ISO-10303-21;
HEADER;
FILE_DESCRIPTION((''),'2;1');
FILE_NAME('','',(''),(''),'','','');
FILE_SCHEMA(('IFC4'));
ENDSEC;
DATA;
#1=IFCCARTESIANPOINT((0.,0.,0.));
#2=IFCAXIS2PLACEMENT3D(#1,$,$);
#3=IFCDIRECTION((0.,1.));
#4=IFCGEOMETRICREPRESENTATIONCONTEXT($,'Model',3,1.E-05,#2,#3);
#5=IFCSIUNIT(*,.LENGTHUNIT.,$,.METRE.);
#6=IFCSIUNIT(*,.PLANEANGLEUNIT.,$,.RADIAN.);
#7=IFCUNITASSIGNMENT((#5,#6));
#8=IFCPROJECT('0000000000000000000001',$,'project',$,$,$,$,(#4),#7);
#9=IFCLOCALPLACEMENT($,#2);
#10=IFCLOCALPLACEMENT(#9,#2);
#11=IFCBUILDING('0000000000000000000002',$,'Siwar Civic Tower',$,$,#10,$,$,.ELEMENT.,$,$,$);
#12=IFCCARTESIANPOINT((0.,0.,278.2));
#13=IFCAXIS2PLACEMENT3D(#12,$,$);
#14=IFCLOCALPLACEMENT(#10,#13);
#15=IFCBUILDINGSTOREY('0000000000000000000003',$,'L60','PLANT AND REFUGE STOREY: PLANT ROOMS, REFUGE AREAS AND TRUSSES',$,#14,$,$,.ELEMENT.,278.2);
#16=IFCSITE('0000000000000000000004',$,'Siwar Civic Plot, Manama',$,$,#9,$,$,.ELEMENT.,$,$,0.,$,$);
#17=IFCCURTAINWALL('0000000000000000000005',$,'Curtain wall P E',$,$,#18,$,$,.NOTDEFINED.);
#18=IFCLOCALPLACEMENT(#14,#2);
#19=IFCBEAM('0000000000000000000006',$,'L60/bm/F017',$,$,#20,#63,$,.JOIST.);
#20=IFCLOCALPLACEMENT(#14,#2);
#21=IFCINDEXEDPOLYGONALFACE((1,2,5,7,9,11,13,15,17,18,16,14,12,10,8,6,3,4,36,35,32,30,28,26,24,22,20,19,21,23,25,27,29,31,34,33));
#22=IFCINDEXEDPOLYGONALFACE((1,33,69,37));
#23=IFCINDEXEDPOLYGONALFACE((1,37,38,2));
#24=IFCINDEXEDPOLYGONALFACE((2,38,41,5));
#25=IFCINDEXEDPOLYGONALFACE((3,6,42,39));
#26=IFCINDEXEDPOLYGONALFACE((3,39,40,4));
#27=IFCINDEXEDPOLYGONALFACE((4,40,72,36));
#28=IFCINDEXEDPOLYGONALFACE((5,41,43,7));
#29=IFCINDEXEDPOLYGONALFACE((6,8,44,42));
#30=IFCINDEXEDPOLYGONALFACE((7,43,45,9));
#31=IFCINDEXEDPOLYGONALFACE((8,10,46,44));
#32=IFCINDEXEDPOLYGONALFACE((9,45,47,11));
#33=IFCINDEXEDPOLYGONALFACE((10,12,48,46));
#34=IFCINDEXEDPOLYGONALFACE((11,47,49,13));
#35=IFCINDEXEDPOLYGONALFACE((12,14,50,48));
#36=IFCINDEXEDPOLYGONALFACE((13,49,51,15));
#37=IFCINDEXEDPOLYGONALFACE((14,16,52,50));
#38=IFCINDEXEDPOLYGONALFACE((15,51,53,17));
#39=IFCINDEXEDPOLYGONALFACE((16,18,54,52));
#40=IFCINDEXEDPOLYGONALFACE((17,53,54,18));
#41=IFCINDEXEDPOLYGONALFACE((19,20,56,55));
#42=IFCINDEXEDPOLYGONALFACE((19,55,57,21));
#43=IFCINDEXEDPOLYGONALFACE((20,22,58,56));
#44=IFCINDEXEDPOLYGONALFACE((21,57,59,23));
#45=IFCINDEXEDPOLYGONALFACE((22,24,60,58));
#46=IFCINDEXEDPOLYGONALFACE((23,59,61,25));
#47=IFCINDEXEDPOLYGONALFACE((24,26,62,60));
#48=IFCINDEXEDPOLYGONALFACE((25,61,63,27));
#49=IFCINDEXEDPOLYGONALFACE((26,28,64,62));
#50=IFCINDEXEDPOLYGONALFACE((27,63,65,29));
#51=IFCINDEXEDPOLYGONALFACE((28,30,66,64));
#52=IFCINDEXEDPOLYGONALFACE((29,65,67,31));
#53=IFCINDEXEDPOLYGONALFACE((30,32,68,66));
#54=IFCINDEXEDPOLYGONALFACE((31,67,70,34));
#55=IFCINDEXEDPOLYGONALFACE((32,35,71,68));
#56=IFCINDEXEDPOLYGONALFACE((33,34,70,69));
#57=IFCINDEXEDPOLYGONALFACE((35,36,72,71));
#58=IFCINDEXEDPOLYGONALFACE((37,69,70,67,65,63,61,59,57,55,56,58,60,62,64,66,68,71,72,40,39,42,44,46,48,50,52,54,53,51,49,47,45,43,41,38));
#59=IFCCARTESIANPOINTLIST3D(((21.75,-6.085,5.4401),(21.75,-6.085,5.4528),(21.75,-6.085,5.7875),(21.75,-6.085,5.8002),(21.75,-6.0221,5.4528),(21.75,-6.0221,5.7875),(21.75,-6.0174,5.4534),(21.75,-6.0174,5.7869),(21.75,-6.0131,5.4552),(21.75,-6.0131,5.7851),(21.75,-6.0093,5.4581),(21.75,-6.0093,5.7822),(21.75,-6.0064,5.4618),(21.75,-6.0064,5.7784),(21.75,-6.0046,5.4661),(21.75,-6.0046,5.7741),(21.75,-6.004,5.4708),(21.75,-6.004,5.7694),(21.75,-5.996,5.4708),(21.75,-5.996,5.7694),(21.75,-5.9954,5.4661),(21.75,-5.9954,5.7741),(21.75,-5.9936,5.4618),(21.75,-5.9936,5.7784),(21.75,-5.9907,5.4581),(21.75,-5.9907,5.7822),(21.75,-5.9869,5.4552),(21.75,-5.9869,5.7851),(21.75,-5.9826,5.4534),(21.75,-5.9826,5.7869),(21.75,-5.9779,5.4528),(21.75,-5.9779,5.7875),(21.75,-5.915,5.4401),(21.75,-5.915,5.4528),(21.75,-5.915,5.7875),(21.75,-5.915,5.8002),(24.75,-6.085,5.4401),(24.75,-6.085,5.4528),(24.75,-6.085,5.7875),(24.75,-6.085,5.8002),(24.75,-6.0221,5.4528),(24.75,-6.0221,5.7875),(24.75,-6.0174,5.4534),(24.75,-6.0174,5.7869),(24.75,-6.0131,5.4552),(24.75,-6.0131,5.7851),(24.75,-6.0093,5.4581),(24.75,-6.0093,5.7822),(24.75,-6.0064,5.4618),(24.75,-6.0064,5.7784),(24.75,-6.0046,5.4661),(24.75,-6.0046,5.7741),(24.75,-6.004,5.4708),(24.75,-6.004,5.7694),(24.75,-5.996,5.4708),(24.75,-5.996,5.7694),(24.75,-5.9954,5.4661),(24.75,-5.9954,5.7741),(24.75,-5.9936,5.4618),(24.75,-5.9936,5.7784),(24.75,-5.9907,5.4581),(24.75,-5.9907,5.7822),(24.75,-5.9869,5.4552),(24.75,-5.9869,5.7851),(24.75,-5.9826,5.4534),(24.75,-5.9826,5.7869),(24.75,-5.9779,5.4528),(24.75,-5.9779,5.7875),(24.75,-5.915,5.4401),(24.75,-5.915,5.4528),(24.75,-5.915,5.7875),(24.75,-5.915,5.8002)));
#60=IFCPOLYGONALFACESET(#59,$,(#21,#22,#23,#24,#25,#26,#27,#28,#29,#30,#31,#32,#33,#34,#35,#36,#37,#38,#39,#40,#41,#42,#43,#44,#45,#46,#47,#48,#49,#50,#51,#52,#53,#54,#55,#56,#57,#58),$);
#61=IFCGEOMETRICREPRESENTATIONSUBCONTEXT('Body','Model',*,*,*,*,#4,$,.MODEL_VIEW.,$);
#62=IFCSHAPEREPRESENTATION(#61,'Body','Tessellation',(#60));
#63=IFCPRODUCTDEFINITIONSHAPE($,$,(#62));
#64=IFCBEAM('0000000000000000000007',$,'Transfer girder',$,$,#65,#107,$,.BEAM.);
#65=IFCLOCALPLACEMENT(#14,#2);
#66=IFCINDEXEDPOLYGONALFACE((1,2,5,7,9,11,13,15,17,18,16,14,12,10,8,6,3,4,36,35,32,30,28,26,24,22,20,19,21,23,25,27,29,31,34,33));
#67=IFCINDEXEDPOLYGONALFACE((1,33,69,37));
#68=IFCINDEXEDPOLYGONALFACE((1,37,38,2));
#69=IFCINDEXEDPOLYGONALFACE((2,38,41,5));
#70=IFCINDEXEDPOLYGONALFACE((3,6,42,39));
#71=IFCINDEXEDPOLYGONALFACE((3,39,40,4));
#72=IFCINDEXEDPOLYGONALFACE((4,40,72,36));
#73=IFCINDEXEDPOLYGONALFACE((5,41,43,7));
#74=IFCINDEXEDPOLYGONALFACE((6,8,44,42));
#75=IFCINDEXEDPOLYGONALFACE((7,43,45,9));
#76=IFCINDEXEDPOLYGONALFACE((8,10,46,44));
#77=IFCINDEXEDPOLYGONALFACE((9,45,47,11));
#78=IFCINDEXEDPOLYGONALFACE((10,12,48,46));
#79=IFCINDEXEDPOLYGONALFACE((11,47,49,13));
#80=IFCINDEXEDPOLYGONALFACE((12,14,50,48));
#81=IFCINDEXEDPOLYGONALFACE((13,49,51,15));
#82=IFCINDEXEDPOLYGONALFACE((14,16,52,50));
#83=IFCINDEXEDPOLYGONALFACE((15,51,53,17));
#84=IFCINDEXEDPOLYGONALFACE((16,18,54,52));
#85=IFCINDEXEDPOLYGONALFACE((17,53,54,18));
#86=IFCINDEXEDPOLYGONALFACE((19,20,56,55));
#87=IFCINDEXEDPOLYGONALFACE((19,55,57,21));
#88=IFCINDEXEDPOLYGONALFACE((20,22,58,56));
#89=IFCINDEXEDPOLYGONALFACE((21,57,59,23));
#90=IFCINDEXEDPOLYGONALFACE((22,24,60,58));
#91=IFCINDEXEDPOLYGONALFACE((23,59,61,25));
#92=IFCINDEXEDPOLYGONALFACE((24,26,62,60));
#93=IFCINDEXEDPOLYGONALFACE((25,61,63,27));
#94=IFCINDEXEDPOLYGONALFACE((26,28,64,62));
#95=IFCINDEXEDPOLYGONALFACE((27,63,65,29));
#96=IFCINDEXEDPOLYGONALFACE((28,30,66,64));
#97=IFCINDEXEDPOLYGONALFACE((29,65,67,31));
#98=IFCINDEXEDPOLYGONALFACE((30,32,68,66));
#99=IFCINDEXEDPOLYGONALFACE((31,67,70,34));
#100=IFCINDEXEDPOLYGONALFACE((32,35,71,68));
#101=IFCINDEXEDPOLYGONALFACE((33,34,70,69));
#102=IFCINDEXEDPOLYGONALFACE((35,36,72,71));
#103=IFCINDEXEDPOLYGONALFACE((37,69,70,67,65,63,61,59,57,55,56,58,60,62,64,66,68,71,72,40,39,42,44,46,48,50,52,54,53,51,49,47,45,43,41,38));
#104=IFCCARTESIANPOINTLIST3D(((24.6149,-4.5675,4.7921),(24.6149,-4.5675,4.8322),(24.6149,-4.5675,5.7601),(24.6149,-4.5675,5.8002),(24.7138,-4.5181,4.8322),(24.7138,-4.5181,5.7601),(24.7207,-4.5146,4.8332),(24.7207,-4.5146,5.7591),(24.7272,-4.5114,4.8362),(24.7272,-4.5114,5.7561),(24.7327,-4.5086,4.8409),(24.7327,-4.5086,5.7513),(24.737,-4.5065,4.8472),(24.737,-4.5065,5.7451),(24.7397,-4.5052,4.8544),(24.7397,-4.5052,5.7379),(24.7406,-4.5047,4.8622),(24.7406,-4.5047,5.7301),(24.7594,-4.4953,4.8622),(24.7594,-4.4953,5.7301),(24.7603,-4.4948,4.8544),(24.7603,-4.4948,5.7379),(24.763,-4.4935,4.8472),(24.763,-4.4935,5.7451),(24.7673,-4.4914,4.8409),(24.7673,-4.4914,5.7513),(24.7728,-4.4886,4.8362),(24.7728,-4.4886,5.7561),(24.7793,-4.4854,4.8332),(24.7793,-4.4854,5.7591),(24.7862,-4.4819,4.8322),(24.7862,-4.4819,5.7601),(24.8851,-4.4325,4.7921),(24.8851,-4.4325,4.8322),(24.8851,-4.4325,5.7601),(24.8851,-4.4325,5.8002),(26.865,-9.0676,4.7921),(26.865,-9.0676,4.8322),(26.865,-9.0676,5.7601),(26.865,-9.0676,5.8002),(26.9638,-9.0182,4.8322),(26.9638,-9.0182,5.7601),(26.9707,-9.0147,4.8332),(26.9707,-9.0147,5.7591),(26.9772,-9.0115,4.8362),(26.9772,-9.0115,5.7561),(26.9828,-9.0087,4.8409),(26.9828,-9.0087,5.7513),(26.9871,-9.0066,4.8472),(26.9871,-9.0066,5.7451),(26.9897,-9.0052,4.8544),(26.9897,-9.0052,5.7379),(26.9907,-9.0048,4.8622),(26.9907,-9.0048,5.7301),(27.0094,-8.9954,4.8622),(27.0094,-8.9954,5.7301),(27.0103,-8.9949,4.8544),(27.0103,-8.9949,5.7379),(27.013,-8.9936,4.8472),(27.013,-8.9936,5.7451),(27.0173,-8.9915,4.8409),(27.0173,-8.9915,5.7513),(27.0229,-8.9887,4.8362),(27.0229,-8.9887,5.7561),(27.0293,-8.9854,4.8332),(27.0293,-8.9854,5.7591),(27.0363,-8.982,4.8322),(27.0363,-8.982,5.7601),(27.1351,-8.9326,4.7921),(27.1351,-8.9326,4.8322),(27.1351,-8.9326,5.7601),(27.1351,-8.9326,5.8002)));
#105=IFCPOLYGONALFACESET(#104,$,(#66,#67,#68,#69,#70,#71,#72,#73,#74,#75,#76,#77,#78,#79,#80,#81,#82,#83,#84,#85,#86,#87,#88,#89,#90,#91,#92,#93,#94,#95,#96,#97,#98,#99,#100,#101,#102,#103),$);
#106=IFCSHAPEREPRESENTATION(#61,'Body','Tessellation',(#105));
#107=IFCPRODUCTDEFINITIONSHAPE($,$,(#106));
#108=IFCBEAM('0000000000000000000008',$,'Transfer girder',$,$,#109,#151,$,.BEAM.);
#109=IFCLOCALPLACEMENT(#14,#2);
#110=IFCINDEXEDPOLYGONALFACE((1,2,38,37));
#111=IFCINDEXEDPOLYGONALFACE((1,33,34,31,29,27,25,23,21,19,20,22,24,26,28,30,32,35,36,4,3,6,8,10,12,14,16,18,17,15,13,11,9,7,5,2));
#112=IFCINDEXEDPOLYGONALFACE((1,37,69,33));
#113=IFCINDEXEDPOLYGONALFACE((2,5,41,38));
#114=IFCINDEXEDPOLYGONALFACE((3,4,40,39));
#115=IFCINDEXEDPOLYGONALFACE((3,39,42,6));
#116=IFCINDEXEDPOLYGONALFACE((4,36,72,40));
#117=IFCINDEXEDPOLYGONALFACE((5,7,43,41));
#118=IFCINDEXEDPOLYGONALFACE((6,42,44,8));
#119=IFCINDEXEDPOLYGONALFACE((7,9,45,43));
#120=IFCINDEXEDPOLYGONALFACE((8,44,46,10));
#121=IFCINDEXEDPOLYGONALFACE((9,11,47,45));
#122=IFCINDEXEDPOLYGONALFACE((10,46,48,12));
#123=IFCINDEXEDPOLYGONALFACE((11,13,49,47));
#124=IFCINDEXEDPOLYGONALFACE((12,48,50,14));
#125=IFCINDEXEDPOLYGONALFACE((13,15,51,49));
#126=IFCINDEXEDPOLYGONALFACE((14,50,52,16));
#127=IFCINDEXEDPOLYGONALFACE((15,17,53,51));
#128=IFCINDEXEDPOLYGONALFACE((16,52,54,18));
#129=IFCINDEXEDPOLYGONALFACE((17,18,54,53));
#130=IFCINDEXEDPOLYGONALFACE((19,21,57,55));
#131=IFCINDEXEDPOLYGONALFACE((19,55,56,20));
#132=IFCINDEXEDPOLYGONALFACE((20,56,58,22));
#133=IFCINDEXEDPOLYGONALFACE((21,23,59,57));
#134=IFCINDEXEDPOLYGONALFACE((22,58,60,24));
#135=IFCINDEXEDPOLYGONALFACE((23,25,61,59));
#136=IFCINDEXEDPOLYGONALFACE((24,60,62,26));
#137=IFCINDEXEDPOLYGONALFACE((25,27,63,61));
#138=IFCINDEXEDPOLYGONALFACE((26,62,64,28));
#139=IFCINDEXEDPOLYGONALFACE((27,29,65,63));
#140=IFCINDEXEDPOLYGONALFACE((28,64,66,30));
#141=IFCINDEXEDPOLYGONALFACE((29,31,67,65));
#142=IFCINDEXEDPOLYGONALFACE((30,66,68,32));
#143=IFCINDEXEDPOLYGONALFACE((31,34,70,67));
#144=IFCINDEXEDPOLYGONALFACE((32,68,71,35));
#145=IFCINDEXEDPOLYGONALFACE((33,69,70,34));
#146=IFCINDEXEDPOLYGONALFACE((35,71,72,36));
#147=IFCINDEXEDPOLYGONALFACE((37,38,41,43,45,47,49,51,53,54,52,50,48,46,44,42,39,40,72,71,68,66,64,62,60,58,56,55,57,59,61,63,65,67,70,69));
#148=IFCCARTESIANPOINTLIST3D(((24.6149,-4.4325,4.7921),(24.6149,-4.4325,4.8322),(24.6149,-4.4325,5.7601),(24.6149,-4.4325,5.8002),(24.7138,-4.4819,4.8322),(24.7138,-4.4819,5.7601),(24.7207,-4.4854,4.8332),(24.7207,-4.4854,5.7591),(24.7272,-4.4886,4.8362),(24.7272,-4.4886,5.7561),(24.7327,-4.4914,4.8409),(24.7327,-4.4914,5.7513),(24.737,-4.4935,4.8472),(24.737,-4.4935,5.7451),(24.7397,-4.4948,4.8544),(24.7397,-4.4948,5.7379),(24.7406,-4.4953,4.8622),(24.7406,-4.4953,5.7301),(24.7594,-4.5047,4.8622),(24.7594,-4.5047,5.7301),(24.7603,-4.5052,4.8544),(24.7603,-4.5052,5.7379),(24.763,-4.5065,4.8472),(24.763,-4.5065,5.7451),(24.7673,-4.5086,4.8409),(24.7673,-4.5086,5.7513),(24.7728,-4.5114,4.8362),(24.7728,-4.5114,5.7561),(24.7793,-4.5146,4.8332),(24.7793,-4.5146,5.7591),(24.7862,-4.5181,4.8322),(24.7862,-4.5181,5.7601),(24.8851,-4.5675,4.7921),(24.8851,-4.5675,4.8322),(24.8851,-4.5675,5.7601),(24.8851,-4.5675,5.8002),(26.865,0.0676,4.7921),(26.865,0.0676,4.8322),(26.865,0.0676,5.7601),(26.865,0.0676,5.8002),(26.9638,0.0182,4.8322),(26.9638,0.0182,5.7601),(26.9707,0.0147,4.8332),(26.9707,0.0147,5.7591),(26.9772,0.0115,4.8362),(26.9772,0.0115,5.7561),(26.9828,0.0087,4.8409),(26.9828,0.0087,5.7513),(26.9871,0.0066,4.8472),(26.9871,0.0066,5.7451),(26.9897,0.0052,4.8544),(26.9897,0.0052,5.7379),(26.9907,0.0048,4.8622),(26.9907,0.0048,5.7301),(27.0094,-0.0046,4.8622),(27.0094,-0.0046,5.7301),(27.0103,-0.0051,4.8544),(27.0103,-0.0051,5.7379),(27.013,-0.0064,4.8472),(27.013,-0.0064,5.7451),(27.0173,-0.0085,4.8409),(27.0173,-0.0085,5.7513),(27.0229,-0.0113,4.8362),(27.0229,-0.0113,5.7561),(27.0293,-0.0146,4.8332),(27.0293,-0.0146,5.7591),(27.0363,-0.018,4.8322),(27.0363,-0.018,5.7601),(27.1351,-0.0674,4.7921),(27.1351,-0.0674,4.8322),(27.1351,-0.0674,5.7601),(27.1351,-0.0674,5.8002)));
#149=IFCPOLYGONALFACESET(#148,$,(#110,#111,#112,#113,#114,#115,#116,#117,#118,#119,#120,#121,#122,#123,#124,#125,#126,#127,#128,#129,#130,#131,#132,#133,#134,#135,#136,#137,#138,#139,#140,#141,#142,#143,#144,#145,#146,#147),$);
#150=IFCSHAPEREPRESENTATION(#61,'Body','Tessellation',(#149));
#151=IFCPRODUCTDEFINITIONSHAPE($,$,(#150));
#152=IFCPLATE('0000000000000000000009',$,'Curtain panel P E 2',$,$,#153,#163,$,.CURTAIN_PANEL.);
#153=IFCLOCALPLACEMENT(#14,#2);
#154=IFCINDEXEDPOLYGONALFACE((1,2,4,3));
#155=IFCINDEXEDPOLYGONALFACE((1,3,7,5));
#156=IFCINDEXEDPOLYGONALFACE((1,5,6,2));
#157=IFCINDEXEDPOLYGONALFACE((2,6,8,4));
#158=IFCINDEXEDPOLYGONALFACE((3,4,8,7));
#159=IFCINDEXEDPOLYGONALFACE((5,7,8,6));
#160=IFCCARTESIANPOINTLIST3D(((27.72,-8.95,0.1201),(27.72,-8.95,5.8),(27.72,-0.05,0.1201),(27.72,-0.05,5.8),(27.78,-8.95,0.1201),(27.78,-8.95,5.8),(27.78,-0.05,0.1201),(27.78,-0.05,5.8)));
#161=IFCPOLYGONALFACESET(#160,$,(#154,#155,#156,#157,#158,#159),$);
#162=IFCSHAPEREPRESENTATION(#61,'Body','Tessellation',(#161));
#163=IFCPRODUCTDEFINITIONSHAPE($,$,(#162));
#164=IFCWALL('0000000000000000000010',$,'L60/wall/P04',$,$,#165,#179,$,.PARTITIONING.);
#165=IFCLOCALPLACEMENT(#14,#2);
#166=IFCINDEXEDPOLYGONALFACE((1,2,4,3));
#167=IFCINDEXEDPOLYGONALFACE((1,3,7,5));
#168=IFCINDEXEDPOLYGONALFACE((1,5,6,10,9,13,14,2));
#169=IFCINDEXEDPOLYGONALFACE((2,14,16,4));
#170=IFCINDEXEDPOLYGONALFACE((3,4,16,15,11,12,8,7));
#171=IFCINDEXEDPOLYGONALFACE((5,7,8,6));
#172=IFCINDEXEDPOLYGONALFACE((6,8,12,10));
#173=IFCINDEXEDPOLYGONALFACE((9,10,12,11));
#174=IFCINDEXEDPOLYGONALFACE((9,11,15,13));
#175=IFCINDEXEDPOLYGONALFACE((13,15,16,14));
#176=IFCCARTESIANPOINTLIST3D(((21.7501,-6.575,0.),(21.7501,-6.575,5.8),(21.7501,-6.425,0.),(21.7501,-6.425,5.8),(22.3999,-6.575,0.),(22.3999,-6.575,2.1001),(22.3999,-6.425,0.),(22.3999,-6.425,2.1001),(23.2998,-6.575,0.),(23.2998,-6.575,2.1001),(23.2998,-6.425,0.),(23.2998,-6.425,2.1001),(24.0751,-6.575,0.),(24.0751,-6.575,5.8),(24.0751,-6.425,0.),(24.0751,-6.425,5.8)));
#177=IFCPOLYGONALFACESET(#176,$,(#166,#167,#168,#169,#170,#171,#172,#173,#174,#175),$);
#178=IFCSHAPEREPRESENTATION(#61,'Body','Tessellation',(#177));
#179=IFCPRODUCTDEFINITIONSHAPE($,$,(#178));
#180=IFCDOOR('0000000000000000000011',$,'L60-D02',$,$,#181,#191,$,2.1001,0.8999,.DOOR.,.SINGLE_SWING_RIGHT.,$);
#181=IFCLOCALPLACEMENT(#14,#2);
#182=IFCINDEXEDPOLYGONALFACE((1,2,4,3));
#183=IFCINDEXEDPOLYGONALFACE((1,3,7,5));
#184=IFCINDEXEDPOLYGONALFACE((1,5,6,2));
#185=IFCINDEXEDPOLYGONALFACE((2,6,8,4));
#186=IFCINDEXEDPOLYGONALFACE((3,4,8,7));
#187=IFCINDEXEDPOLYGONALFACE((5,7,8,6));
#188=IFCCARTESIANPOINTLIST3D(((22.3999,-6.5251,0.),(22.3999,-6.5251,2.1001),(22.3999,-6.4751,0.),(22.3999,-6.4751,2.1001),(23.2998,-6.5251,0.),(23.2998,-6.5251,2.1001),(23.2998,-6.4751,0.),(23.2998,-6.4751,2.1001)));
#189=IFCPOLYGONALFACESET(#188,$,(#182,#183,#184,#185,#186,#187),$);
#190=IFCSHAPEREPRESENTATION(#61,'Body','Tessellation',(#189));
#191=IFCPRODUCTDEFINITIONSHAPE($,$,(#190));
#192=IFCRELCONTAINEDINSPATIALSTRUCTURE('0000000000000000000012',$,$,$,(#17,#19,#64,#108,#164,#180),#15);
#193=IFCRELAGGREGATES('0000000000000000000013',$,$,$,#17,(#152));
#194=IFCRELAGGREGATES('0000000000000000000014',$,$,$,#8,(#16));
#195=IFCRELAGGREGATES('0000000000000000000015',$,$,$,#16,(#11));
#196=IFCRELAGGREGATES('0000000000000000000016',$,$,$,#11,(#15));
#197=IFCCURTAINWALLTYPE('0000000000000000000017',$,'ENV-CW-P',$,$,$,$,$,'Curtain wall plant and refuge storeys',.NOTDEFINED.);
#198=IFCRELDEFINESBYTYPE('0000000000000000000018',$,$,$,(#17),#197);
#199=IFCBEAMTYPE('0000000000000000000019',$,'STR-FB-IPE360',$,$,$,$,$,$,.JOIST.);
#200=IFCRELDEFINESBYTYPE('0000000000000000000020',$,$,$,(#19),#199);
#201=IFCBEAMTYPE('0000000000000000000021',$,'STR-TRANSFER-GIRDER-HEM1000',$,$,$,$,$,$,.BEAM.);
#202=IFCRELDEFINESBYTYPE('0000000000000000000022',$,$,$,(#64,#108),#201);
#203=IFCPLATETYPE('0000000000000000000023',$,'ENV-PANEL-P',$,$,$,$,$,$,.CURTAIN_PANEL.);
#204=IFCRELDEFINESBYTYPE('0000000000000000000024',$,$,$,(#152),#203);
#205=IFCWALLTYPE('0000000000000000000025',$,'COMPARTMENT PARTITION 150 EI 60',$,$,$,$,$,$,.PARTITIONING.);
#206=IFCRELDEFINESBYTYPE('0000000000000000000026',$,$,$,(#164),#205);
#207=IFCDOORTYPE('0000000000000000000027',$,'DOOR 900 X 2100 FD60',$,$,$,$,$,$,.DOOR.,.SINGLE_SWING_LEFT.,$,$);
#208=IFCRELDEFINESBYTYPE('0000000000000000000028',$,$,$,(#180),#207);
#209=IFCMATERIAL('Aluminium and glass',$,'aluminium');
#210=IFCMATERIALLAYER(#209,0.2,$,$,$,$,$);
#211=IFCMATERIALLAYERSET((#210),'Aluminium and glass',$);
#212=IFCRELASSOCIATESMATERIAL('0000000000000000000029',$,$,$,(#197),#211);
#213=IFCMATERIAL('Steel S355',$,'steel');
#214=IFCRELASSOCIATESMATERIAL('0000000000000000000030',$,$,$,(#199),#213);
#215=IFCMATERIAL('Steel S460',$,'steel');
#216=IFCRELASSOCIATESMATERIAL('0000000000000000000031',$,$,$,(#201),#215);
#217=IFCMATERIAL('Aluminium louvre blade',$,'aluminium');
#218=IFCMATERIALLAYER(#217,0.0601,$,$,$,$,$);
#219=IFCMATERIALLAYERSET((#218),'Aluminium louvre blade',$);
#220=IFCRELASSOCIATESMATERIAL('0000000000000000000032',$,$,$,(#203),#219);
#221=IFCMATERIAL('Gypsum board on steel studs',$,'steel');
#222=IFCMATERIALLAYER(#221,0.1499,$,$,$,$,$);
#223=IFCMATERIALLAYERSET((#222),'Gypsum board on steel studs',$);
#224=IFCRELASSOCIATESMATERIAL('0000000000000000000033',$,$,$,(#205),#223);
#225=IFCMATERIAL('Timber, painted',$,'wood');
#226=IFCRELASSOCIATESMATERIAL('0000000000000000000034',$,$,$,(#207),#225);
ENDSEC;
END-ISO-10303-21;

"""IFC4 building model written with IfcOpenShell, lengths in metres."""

from ifc_helpers import new_model, si_unit, direction, frame, frame_2d, origin, origin_2d, place, context, subcontext, project, spatial, rectangle, i_section, extrude, material, layer, layer_set, material_profile, profile_set, type_object, element, fill, aggregate, save


model = new_model("IFC4")

# Units and contexts
model_context = context("Model", 3, precision=1e-05, world=origin(), true_north=direction((0.0, 1.0)))
body_context = subcontext(model_context, "Body", "Model", "MODEL_VIEW")
ifc_project = project(units=[si_unit("LENGTHUNIT", "METRE"), si_unit("PLANEANGLEUNIT", "RADIAN")], contexts=[model_context])

# Site, building, storey
site_placement = place(None, origin())
site = spatial("IfcSite", under=ifc_project, at=site_placement, Name="Siwar Civic Plot, Manama", CompositionType="ELEMENT", RefElevation=0.0)
building_placement = place(site_placement, origin())
building = spatial("IfcBuilding", under=site, at=building_placement, Name="Siwar Civic Tower", CompositionType="ELEMENT")
storey_placement = place(building_placement, frame((0.0, 0.0, 278.2)))
storey = spatial("IfcBuildingStorey", under=building, at=storey_placement, Name="L60", Description="PLANT AND REFUGE STOREY: PLANT ROOMS, REFUGE AREAS AND TRUSSES", CompositionType="ELEMENT", Elevation=278.2)

# Curtain wall
ifc_material_1 = material(Name="Aluminium and glass", Category="aluminium")
ifc_layer_1 = layer(ifc_material_1, 0.2)
ifc_layer_set_1 = layer_set([ifc_layer_1], Name="Aluminium and glass")
curtain_wall_type = type_object("IfcCurtainWallType", Name="ENV-CW-P", ElementType="Curtain wall plant and refuge storeys", PredefinedType="NOTDEFINED", material=ifc_layer_set_1)
curtain_wall_placement = place(storey_placement, origin())
curtain_wall = element("IfcCurtainWall", 1, at=curtain_wall_placement, inside=storey, type_object=curtain_wall_type, Name="Curtain wall P E", PredefinedType="NOTDEFINED")

# Beams
ifc_material_2 = material(Name="Steel S355", Category="steel")
ifc_material_profile_1 = material_profile(ifc_material_2, i_section(OverallWidth=0.1699, OverallDepth=0.3601, WebThickness=0.0081, FlangeThickness=0.0127, FilletRadius=0.0181, at=origin_2d()), Name="IPE360")
ifc_profile_set_1 = profile_set([ifc_material_profile_1], Name="Steel S355")
beam_type_1 = type_object("IfcBeamType", Name="STR-FB-IPE360", PredefinedType="JOIST", material=ifc_profile_set_1)
beam_placement = place(storey_placement, frame((21.75, -6.0, 5.6201), z_axis=(1.0, 0.0, 0.0), x_axis=(0.0, 1.0, 0.0)))
element("IfcBeam", 2, at=beam_placement, inside=storey, type_object=beam_type_1, Name="L60/bm/F017", PredefinedType="JOIST", context=body_context, shape_type="SweptSolid", body=[
    extrude(i_section(OverallWidth=0.1699, OverallDepth=0.3601, WebThickness=0.0081, FlangeThickness=0.0127, FilletRadius=0.0181, at=origin_2d()), origin(), (0.0, 0.0, 1.0), 3.0),
])
ifc_material_3 = material(Name="Steel S460", Category="steel")
ifc_material_profile_2 = material_profile(ifc_material_3, i_section(OverallWidth=0.302, OverallDepth=1.0081, WebThickness=0.021, FlangeThickness=0.04, FilletRadius=0.03, at=origin_2d()), Name="HEM1000")
ifc_profile_set_2 = profile_set([ifc_material_profile_2], Name="Steel S460")
beam_type_2 = type_object("IfcBeamType", Name="STR-TRANSFER-GIRDER-HEM1000", PredefinedType="BEAM", material=ifc_profile_set_2)
for number, where, z_axis, x_axis, name in (
    (3, (24.75, -4.5, 5.2961), (0.447214, -0.894427, 0.0), (0.894427, 0.447214, 0.0), "Transfer girder"),
    (4, (24.75, -4.5, 5.2961), (0.447214, 0.894427, 0.0), (-0.894427, 0.447214, 0.0), "Transfer girder"),
):
    element("IfcBeam", number, at=place(storey_placement, frame(where, z_axis=z_axis, x_axis=x_axis)), inside=storey, type_object=beam_type_2, Name=name, PredefinedType="BEAM", context=body_context, shape_type="SweptSolid", body=[
        extrude(i_section(OverallWidth=0.302, OverallDepth=1.0081, WebThickness=0.021, FlangeThickness=0.04, FilletRadius=0.03, at=origin_2d()), origin(), (0.0, 0.0, 1.0), 5.0312),
    ])

# Plate
ifc_material_4 = material(Name="Aluminium louvre blade", Category="aluminium")
ifc_layer_2 = layer(ifc_material_4, 0.0601)
ifc_layer_set_2 = layer_set([ifc_layer_2], Name="Aluminium louvre blade")
plate_type = type_object("IfcPlateType", Name="ENV-PANEL-P", PredefinedType="CURTAIN_PANEL", material=ifc_layer_set_2)
plate_placement = place(storey_placement, frame((27.75, -4.5, 0.1201), z_axis=(0.0, 0.0, 1.0), x_axis=(0.0, 1.0, 0.0)))
plate = element("IfcPlate", 5, at=plate_placement, type_object=plate_type, Name="Curtain panel P E 2", PredefinedType="CURTAIN_PANEL", context=body_context, shape_type="SweptSolid", body=[
    extrude(rectangle(XDim=8.8999, YDim=0.0601, at=origin_2d()), origin(), (0.0, 0.0, 1.0), 5.6799),
])
aggregate(curtain_wall, [plate])

# Wall, opening, door
ifc_material_5 = material(Name="Gypsum board on steel studs", Category="steel")
ifc_layer_3 = layer(ifc_material_5, 0.1499)
ifc_layer_set_3 = layer_set([ifc_layer_3], Name="Gypsum board on steel studs")
wall_type = type_object("IfcWallType", Name="COMPARTMENT PARTITION 150 EI 60", PredefinedType="PARTITIONING", material=ifc_layer_set_3)
wall_placement = place(storey_placement, frame((21.75, -6.5, 0.0), z_axis=(0.0, 0.0, 1.0), x_axis=(1.0, 0.0, 0.0)))
wall = element("IfcWall", 6, at=wall_placement, inside=storey, type_object=wall_type, Name="L60/wall/P04", PredefinedType="PARTITIONING", context=body_context, shape_type="SweptSolid", body=[
    extrude(rectangle(XDim=2.325, YDim=0.1499, at=frame_2d((1.1626, 0.0))), origin(), (0.0, 0.0, 1.0), 5.8),
])
opening_placement = place(wall_placement, frame((0.6499, 0.0, 0.0)))
opening = element("IfcOpeningElement", 7, at=opening_placement, cuts=wall, PredefinedType="OPENING", context=body_context, shape_type="SweptSolid", body=[
    extrude(rectangle(XDim=0.8999, YDim=2.1001, at=frame_2d((0.45, 1.05))), frame((0.0, 0.085, 0.0), z_axis=(0.0, -1.0, 0.0), x_axis=(1.0, 0.0, 0.0)), (0.0, 0.0, 1.0), 0.1699),
])
ifc_material_6 = material(Name="Timber, painted", Category="wood")
door_type = type_object("IfcDoorType", Name="DOOR 900 X 2100 FD60", OperationType="SINGLE_SWING_LEFT", PredefinedType="DOOR", material=ifc_material_6)
door_placement = place(opening_placement, origin())
door = element("IfcDoor", 8, at=door_placement, inside=storey, type_object=door_type, Name="L60-D02", OperationType="SINGLE_SWING_RIGHT", OverallHeight=2.1001, OverallWidth=0.8999, PredefinedType="DOOR", context=body_context, shape_type="SweptSolid", body=[
    extrude(rectangle(XDim=0.8999, YDim=2.1001, at=frame_2d((0.45, 1.05))), frame((0.0, 0.0249, 0.0), z_axis=(0.0, -1.0, 0.0), x_axis=(1.0, 0.0, 0.0)), (0.0, 0.0, 1.0), 0.05),
])
fill(opening, door)

save(model, "model.ifc")
